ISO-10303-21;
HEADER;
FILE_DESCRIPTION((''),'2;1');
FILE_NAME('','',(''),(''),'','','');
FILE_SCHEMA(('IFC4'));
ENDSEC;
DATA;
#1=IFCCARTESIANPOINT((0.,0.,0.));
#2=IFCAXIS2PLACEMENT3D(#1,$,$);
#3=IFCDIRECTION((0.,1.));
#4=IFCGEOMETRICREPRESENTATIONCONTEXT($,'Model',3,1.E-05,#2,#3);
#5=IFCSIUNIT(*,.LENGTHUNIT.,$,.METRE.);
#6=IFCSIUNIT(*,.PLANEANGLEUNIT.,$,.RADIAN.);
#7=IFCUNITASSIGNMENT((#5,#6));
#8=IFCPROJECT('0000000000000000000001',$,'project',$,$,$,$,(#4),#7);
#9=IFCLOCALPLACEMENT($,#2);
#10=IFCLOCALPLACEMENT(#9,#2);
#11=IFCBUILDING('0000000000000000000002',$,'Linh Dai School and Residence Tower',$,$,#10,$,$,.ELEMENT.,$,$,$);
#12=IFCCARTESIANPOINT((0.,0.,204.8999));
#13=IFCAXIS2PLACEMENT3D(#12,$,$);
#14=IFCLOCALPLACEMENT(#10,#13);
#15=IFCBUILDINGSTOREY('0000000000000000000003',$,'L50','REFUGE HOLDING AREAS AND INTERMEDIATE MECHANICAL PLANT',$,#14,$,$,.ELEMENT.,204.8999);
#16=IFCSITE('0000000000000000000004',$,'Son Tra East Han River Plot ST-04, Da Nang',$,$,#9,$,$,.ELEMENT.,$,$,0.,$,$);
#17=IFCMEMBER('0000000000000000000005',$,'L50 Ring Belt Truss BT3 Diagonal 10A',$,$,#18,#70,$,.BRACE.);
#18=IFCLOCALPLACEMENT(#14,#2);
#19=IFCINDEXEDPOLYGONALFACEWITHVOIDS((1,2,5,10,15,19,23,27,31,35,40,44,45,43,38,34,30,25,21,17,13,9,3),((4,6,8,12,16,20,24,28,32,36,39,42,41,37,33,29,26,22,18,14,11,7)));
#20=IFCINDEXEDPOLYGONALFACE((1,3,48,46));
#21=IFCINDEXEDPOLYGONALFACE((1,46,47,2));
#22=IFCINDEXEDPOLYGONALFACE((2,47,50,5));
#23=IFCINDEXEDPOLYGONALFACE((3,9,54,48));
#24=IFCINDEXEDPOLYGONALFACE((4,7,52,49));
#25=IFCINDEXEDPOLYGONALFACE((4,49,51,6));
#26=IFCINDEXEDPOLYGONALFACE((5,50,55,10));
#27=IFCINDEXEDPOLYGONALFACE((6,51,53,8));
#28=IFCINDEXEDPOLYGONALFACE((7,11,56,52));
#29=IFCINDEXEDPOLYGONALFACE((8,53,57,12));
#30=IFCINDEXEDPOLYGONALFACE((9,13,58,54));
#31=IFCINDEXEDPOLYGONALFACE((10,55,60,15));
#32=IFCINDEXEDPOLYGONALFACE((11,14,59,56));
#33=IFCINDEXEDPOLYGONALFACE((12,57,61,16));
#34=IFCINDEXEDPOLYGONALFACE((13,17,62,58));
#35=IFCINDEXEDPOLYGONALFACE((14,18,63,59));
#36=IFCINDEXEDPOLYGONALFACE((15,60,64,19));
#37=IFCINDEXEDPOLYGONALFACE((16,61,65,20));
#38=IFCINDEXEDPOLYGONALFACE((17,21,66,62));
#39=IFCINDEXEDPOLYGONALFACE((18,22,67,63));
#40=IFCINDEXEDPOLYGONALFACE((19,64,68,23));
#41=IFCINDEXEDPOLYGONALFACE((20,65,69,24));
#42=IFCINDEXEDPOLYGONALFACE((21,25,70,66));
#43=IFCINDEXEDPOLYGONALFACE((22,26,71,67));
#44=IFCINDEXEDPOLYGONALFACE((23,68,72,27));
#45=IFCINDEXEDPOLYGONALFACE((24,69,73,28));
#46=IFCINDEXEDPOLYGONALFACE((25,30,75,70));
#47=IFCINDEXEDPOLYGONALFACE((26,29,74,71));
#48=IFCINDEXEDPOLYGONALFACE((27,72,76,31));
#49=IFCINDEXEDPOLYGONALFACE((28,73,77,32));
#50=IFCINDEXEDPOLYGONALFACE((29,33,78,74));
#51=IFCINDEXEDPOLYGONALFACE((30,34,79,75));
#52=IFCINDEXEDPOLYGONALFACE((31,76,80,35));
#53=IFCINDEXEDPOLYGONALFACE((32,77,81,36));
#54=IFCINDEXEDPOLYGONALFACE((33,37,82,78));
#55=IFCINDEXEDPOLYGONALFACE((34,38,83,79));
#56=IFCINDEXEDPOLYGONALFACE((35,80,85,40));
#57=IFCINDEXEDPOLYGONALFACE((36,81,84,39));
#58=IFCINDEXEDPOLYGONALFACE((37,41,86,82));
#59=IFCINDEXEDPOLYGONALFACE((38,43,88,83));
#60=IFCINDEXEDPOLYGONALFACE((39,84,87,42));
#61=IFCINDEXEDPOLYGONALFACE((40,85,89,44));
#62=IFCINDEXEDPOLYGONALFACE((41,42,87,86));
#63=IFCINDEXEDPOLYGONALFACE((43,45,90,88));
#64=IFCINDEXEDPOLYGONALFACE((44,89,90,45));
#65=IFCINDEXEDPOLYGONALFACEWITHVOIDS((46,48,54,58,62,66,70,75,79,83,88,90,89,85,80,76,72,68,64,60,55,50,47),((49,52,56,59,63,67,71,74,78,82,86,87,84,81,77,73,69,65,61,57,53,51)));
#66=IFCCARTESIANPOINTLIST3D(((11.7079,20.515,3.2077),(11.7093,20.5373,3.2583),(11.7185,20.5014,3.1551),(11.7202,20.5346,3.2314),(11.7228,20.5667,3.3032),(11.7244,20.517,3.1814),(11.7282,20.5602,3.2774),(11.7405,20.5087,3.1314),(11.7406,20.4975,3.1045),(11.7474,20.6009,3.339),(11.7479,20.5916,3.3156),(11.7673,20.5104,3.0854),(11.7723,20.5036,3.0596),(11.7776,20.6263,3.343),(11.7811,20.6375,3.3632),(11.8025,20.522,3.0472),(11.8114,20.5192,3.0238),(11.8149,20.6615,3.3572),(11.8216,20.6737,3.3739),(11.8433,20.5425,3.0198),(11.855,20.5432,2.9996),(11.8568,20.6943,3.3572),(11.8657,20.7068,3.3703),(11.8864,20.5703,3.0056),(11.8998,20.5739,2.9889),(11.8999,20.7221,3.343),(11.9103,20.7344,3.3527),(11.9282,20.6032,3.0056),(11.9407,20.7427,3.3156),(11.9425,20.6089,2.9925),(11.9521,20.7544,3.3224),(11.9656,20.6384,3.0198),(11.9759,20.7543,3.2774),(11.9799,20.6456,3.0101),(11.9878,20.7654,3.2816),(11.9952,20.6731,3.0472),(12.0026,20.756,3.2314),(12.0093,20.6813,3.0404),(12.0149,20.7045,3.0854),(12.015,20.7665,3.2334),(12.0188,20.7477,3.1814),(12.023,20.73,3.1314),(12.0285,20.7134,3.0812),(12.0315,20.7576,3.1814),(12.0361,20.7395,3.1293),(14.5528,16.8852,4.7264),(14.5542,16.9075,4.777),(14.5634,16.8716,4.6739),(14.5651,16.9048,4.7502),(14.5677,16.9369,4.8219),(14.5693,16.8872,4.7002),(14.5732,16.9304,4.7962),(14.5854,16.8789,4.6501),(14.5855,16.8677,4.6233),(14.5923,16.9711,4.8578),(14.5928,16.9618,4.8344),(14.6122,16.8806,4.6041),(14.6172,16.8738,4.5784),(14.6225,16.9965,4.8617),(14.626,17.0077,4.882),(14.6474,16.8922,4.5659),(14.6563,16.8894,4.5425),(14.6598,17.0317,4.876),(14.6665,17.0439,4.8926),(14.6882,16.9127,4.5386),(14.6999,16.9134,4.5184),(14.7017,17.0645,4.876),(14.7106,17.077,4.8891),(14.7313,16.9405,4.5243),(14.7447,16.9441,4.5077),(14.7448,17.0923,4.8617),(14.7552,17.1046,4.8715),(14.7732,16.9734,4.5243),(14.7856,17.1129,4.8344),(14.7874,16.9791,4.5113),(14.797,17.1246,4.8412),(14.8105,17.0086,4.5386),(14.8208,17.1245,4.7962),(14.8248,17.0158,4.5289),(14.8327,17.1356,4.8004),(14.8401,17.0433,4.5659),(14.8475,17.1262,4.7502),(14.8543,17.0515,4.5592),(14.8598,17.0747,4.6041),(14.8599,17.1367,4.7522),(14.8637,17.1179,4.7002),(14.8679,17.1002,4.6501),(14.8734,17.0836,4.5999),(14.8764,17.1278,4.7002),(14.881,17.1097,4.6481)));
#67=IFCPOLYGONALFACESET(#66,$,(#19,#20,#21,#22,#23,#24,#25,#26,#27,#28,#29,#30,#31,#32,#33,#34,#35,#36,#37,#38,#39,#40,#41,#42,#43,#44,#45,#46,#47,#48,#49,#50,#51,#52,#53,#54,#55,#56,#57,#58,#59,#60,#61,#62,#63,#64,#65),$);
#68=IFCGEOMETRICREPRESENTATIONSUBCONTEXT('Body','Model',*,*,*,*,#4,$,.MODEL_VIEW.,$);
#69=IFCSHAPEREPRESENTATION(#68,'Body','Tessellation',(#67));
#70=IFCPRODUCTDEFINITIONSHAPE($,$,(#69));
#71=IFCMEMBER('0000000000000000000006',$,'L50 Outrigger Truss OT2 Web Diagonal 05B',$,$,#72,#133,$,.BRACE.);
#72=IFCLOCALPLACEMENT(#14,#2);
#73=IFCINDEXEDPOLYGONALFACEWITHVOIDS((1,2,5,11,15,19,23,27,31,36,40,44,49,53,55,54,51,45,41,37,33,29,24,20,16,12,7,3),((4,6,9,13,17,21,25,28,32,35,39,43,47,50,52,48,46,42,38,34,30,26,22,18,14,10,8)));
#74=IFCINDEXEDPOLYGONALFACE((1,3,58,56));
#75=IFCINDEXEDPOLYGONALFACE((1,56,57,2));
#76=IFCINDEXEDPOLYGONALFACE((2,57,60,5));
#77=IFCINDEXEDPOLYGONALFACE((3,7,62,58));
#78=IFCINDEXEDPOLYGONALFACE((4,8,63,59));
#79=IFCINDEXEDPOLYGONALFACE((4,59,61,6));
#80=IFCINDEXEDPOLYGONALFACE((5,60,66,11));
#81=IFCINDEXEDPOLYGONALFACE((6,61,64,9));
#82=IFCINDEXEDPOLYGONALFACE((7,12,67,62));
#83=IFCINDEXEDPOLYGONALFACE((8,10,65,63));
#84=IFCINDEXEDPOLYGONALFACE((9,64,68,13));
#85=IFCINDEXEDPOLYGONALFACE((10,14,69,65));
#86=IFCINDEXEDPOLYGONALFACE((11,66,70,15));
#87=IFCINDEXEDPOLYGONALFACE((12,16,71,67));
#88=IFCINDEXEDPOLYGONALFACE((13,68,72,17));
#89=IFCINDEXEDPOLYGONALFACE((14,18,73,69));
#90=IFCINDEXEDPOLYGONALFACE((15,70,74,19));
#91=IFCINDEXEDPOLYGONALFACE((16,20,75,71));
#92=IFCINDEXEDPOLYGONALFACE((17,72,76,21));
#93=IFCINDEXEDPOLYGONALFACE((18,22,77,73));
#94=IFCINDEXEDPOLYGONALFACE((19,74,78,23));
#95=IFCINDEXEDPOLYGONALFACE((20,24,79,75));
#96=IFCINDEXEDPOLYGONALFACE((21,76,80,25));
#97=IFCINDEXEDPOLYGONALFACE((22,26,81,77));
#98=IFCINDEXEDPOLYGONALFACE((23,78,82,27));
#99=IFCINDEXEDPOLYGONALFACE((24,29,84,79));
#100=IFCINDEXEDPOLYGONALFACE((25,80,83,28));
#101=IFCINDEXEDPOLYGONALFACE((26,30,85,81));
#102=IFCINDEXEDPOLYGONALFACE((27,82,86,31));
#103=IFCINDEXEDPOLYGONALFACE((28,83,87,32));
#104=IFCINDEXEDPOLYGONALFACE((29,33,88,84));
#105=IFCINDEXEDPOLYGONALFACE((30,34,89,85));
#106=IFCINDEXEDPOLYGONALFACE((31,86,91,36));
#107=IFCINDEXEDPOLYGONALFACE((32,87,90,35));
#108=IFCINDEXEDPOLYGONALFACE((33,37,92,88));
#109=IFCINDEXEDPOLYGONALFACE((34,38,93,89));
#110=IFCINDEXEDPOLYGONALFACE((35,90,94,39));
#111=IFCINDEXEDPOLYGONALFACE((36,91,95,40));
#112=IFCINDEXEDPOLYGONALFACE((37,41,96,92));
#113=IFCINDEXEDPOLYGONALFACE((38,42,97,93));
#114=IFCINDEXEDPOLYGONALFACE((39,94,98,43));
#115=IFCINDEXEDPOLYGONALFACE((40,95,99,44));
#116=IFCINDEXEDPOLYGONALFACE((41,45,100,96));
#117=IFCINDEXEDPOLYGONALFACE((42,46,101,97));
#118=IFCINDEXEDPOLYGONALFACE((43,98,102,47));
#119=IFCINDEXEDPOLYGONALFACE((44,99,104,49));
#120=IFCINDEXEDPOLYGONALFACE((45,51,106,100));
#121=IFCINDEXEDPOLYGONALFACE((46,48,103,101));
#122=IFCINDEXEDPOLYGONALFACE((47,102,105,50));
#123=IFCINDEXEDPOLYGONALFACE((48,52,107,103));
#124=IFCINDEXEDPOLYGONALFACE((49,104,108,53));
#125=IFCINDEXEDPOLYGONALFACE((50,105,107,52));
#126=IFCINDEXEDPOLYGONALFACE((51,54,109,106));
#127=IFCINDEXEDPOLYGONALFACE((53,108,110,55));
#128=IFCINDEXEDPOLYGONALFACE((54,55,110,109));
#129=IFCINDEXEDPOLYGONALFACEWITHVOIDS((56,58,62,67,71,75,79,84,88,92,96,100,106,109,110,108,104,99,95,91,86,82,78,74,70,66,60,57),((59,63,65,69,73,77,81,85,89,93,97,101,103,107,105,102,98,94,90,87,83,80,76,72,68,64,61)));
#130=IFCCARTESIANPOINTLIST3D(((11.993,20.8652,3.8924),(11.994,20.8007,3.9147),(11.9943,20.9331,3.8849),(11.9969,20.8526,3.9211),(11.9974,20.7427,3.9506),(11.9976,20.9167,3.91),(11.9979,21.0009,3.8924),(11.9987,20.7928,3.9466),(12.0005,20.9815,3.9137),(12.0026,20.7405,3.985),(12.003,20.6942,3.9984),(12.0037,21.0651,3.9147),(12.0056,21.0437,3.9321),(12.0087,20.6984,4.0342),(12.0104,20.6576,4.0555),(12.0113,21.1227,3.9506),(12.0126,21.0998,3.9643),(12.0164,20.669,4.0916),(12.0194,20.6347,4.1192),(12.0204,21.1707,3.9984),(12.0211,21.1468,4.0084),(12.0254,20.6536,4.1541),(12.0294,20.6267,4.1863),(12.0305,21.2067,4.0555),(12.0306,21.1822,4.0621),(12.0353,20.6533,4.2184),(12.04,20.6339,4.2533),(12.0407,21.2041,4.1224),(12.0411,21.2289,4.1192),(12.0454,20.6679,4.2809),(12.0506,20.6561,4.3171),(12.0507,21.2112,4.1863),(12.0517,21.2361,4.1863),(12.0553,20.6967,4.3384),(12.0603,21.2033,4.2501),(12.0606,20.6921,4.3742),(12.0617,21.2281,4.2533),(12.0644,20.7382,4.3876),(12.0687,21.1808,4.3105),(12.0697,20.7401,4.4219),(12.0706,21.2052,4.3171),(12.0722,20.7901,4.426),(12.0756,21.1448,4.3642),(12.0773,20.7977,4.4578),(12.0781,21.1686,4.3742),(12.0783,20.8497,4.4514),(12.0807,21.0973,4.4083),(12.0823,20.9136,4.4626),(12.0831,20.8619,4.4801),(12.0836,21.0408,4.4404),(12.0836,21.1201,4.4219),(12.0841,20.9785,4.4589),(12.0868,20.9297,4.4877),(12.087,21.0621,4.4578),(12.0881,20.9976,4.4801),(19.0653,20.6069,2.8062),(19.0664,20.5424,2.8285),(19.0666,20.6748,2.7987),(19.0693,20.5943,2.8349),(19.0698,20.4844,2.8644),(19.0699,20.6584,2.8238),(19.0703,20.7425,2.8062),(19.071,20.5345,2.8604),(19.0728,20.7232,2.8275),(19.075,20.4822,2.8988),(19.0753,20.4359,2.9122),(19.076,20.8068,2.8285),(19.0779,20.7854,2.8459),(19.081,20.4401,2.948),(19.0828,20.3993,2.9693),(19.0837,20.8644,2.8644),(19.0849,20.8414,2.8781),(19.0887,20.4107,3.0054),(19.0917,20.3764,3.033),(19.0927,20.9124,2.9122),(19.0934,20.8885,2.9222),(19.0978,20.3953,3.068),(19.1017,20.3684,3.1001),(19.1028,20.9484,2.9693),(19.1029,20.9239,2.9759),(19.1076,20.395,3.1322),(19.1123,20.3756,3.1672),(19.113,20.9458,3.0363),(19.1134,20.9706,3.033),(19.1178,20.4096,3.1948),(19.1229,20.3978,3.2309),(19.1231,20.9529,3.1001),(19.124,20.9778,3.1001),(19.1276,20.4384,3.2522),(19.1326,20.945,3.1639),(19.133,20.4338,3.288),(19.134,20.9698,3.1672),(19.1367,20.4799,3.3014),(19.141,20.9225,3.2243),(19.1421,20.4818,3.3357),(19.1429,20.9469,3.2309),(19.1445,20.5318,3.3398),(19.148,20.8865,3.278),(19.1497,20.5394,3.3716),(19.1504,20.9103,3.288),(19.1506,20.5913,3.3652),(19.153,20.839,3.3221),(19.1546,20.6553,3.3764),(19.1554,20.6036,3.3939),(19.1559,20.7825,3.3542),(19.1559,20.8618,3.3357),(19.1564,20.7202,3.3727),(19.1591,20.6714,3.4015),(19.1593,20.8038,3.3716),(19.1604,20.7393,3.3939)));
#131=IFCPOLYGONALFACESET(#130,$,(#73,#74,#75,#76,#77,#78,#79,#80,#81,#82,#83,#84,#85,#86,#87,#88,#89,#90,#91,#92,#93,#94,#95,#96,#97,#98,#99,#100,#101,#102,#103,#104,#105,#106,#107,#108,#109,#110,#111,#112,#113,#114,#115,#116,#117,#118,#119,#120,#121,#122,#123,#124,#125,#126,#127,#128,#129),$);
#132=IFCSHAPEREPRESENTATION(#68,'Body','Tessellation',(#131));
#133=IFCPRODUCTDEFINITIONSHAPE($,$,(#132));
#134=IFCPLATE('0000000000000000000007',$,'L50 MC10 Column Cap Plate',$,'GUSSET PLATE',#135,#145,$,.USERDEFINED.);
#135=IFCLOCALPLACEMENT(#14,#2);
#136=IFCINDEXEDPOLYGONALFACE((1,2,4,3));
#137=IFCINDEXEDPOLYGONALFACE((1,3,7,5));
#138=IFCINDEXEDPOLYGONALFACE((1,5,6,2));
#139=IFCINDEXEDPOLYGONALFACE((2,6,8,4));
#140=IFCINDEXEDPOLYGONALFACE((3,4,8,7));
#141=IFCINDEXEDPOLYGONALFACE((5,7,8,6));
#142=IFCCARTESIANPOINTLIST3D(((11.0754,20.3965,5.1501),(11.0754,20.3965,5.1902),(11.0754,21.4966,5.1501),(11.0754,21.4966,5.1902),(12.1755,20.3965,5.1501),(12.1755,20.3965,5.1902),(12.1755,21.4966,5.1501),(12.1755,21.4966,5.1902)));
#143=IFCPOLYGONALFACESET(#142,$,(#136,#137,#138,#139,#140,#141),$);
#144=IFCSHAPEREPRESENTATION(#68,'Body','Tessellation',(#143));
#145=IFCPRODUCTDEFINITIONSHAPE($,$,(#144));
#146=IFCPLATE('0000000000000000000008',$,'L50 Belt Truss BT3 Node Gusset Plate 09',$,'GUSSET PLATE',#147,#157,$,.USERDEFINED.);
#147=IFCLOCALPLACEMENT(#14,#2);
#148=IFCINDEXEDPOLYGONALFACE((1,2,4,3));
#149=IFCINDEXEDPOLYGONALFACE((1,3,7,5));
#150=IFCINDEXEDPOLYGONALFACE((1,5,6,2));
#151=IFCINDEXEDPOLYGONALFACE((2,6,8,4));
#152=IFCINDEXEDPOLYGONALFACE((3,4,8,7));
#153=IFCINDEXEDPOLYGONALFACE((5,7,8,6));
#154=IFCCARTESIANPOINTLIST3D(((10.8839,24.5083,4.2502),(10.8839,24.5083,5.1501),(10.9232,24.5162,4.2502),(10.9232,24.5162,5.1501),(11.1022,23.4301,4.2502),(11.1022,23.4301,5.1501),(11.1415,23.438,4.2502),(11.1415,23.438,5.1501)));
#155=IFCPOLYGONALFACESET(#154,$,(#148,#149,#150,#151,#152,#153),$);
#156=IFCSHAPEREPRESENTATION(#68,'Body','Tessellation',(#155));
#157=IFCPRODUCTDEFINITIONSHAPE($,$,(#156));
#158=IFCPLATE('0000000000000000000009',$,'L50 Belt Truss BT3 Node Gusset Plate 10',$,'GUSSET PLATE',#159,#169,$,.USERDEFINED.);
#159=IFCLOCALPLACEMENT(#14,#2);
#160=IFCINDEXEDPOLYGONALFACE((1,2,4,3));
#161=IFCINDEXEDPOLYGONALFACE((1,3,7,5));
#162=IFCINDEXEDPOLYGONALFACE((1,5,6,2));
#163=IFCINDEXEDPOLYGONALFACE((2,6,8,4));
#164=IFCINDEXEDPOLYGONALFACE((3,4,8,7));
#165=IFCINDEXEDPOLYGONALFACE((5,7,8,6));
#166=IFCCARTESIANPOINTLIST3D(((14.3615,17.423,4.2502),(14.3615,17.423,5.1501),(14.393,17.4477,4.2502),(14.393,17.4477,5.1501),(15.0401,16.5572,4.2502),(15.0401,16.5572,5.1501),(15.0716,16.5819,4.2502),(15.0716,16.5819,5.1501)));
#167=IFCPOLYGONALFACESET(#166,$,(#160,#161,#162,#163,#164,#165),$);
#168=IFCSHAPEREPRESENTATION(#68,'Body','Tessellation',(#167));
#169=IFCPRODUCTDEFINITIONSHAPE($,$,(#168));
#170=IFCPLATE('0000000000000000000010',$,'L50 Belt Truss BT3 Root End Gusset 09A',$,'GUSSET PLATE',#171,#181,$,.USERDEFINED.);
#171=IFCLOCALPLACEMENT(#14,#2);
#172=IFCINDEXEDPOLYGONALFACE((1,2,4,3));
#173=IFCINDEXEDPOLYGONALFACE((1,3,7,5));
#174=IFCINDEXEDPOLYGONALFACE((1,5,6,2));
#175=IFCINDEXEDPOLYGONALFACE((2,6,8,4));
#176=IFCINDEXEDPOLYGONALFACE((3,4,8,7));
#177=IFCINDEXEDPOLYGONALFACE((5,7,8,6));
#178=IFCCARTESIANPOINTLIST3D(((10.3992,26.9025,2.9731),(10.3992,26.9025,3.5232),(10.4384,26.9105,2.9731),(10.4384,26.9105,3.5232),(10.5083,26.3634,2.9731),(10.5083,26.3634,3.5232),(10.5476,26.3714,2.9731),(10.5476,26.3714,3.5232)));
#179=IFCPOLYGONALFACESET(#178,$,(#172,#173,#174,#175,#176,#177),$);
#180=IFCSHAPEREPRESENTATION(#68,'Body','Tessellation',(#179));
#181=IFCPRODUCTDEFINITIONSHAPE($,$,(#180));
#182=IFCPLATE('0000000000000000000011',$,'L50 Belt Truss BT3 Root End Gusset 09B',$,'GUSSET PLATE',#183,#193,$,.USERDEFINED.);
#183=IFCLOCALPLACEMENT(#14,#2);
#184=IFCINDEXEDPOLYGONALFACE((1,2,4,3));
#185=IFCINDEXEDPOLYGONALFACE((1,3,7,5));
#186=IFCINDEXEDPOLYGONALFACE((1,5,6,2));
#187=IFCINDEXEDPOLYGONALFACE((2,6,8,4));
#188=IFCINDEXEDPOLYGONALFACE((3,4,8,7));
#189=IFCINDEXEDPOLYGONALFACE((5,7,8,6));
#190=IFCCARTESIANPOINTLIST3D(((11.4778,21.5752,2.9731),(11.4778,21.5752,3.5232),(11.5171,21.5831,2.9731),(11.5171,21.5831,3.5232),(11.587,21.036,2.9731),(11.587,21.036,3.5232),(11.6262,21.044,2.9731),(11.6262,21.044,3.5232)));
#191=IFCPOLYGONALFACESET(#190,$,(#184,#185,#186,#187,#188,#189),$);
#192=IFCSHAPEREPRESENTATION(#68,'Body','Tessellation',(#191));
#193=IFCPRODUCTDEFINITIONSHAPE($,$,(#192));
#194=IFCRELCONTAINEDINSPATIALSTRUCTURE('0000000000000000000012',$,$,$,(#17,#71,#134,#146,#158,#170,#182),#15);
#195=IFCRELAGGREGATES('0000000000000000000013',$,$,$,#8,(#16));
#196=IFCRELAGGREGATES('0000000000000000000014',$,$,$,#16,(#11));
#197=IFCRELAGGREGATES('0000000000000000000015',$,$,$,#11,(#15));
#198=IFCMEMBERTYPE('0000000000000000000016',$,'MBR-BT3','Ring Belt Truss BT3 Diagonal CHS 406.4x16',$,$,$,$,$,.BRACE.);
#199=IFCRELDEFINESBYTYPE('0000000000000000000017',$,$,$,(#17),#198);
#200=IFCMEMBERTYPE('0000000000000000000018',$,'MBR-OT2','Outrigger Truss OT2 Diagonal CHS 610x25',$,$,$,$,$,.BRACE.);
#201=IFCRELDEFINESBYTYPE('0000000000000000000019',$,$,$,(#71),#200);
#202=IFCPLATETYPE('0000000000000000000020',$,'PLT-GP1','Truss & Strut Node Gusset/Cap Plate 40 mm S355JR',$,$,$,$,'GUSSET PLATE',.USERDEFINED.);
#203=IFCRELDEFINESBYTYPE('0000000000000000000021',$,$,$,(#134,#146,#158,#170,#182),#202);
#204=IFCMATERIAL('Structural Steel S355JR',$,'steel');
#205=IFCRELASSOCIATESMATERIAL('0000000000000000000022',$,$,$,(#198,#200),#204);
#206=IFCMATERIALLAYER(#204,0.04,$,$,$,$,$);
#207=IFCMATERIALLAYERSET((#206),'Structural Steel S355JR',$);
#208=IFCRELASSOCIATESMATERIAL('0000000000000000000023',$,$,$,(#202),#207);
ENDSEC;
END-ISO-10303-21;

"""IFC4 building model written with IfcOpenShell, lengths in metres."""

from ifc_helpers import new_model, si_unit, direction, frame, origin, origin_2d, place, context, subcontext, project, spatial, rectangle, hollow_circle, extrude, source, transform, mapped, material, layer, layer_set, material_profile, profile_set, type_object, element, save


model = new_model("IFC4")

# Units and contexts
model_context = context("Model", 3, precision=1e-05, world=origin(), true_north=direction((0.0, 1.0)))
body_context = subcontext(model_context, "Body", "Model", "MODEL_VIEW")
ifc_project = project(units=[si_unit("LENGTHUNIT", "METRE"), si_unit("PLANEANGLEUNIT", "RADIAN")], contexts=[model_context])

# Site, building, storey
site_placement = place(None, origin())
site = spatial("IfcSite", under=ifc_project, at=site_placement, Name="Son Tra East Han River Plot ST-04, Da Nang", CompositionType="ELEMENT", RefElevation=0.0)
building_placement = place(site_placement, origin())
building = spatial("IfcBuilding", under=site, at=building_placement, Name="Linh Dai School and Residence Tower", CompositionType="ELEMENT")
storey_placement = place(building_placement, frame((0.0, 0.0, 204.8999)))
storey = spatial("IfcBuildingStorey", under=building, at=storey_placement, Name="L50", Description="REFUGE HOLDING AREAS AND INTERMEDIATE MECHANICAL PLANT", CompositionType="ELEMENT", Elevation=204.8999)

# Shared definitions
ifc_material_1 = material(Name="Structural Steel S355JR", Category="steel")

# Members
ifc_material_profile_1 = material_profile(ifc_material_1, hollow_circle(Radius=0.2031, WallThickness=0.0161, at=origin_2d()), Name="CHS 406.4x16")
ifc_profile_set_1 = profile_set([ifc_material_profile_1], Name="Structural Steel S355JR")
member_type_1 = type_object("IfcMemberType", Name="MBR-BT3", Description="Ring Belt Truss BT3 Diagonal CHS 406.4x16", PredefinedType="BRACE", material=ifc_profile_set_1)
member_1_placement = place(storey_placement, frame((11.8716, 20.6323, 3.1814), z_axis=(0.585918, -0.747569, 0.312795), x_axis=(0.787064, 0.616872, 0.0)))
element("IfcMember", 1, at=member_1_placement, inside=storey, type_object=member_type_1, Name="L50 Ring Belt Truss BT3 Diagonal 10A", PredefinedType="BRACE", context=body_context, shape_type="SweptSolid", body=[
    extrude(hollow_circle(Radius=0.2031, WallThickness=0.0161, at=origin_2d()), origin(), (0.0, 0.0, 1.0), 4.8555),
])
ifc_material_profile_2 = material_profile(ifc_material_1, hollow_circle(Radius=0.3049, WallThickness=0.0249, at=origin_2d()), Name="CHS 610x25")
ifc_profile_set_2 = profile_set([ifc_material_profile_2], Name="Structural Steel S355JR")
member_type_2 = type_object("IfcMemberType", Name="MBR-OT2", Description="Outrigger Truss OT2 Diagonal CHS 610x25", PredefinedType="BRACE", material=ifc_profile_set_2)
member_2_placement = place(storey_placement, frame((12.0405, 20.9314, 4.1863), z_axis=(0.987767, -0.036076, -0.151705), x_axis=(0.036499, 0.999334, 0.0)))
element("IfcMember", 2, at=member_2_placement, inside=storey, type_object=member_type_2, Name="L50 Outrigger Truss OT2 Web Diagonal 05B", PredefinedType="BRACE", context=body_context, shape_type="SweptSolid", body=[
    extrude(hollow_circle(Radius=0.3049, WallThickness=0.0249, at=origin_2d()), origin(), (0.0, 0.0, 1.0), 7.1599),
])

# Plates
ifc_layer_1 = layer(ifc_material_1, 0.04)
ifc_layer_set_1 = layer_set([ifc_layer_1], Name="Structural Steel S355JR")
plate_type = type_object("IfcPlateType", Name="PLT-GP1", Description="Truss & Strut Node Gusset/Cap Plate 40 mm S355JR", ElementType="GUSSET PLATE", PredefinedType="USERDEFINED", material=ifc_layer_set_1)
shared_shape_1 = source(origin(), body_context, "Body", "SweptSolid", [
    extrude(rectangle(XDim=1.1001, YDim=1.1001, at=origin_2d()), origin(), (0.0, 0.0, 1.0), 0.04),
])
plate_placement = place(storey_placement, frame((11.6255, 20.9465, 5.1501), z_axis=(0.0, 0.0, 1.0), x_axis=(1.0, 0.0, 0.0)))
element("IfcPlate", 3, at=plate_placement, inside=storey, type_object=plate_type, Name="L50 MC10 Column Cap Plate", ObjectType="GUSSET PLATE", PredefinedType="USERDEFINED", context=body_context, shape_type="MappedRepresentation", body=[
    mapped(shared_shape_1, transform((0.0, 0.0, 0.0), x_axis=(1.0, 0.0, 0.0), y_axis=(0.0, 1.0, 0.0), z_axis=(0.0, 0.0, 1.0), scale=1.0)),
])
shared_shape_2 = source(origin(), body_context, "Body", "SweptSolid", [
    extrude(rectangle(XDim=1.1001, YDim=0.04, at=origin_2d()), origin(), (0.0, 0.0, 1.0), 0.8999),
])
for number, where, z_axis, x_axis, name in (
    (4, (11.0127, 23.9731, 4.2502), (0.0, 0.0, 1.0), (0.198424, -0.980116, 0.0), "L50 Belt Truss BT3 Node Gusset Plate 09"),
    (5, (14.7166, 17.0024, 4.2502), (0.0, 0.0, 1.0), (0.616843, -0.787087, 0.0), "L50 Belt Truss BT3 Node Gusset Plate 10"),
):
    element("IfcPlate", number, at=place(storey_placement, frame(where, z_axis=z_axis, x_axis=x_axis)), inside=storey, type_object=plate_type, Name=name, ObjectType="GUSSET PLATE", PredefinedType="USERDEFINED", context=body_context, shape_type="MappedRepresentation", body=[
        mapped(shared_shape_2, transform((0.0, 0.0, 0.0), x_axis=(1.0, 0.0, 0.0), y_axis=(0.0, 1.0, 0.0), z_axis=(0.0, 0.0, 1.0), scale=1.0)),
    ])
shared_shape_3 = source(origin(), body_context, "Body", "SweptSolid", [
    extrude(rectangle(XDim=0.55, YDim=0.04, at=origin_2d()), origin(), (0.0, 0.0, 1.0), 0.55),
])
for number, where, z_axis, x_axis, name in (
    (6, (10.4734, 26.637, 2.9731), (0.0, 0.0, 1.0), (0.198424, -0.980116, 0.0), "L50 Belt Truss BT3 Root End Gusset 09A"),
    (7, (11.552, 21.3096, 2.9731), (0.0, 0.0, 1.0), (0.198424, -0.980116, 0.0), "L50 Belt Truss BT3 Root End Gusset 09B"),
):
    element("IfcPlate", number, at=place(storey_placement, frame(where, z_axis=z_axis, x_axis=x_axis)), inside=storey, type_object=plate_type, Name=name, ObjectType="GUSSET PLATE", PredefinedType="USERDEFINED", context=body_context, shape_type="MappedRepresentation", body=[
        mapped(shared_shape_3, transform((0.0, 0.0, 0.0), x_axis=(1.0, 0.0, 0.0), y_axis=(0.0, 1.0, 0.0), z_axis=(0.0, 0.0, 1.0), scale=1.0)),
    ])

save(model, "model.ifc")
